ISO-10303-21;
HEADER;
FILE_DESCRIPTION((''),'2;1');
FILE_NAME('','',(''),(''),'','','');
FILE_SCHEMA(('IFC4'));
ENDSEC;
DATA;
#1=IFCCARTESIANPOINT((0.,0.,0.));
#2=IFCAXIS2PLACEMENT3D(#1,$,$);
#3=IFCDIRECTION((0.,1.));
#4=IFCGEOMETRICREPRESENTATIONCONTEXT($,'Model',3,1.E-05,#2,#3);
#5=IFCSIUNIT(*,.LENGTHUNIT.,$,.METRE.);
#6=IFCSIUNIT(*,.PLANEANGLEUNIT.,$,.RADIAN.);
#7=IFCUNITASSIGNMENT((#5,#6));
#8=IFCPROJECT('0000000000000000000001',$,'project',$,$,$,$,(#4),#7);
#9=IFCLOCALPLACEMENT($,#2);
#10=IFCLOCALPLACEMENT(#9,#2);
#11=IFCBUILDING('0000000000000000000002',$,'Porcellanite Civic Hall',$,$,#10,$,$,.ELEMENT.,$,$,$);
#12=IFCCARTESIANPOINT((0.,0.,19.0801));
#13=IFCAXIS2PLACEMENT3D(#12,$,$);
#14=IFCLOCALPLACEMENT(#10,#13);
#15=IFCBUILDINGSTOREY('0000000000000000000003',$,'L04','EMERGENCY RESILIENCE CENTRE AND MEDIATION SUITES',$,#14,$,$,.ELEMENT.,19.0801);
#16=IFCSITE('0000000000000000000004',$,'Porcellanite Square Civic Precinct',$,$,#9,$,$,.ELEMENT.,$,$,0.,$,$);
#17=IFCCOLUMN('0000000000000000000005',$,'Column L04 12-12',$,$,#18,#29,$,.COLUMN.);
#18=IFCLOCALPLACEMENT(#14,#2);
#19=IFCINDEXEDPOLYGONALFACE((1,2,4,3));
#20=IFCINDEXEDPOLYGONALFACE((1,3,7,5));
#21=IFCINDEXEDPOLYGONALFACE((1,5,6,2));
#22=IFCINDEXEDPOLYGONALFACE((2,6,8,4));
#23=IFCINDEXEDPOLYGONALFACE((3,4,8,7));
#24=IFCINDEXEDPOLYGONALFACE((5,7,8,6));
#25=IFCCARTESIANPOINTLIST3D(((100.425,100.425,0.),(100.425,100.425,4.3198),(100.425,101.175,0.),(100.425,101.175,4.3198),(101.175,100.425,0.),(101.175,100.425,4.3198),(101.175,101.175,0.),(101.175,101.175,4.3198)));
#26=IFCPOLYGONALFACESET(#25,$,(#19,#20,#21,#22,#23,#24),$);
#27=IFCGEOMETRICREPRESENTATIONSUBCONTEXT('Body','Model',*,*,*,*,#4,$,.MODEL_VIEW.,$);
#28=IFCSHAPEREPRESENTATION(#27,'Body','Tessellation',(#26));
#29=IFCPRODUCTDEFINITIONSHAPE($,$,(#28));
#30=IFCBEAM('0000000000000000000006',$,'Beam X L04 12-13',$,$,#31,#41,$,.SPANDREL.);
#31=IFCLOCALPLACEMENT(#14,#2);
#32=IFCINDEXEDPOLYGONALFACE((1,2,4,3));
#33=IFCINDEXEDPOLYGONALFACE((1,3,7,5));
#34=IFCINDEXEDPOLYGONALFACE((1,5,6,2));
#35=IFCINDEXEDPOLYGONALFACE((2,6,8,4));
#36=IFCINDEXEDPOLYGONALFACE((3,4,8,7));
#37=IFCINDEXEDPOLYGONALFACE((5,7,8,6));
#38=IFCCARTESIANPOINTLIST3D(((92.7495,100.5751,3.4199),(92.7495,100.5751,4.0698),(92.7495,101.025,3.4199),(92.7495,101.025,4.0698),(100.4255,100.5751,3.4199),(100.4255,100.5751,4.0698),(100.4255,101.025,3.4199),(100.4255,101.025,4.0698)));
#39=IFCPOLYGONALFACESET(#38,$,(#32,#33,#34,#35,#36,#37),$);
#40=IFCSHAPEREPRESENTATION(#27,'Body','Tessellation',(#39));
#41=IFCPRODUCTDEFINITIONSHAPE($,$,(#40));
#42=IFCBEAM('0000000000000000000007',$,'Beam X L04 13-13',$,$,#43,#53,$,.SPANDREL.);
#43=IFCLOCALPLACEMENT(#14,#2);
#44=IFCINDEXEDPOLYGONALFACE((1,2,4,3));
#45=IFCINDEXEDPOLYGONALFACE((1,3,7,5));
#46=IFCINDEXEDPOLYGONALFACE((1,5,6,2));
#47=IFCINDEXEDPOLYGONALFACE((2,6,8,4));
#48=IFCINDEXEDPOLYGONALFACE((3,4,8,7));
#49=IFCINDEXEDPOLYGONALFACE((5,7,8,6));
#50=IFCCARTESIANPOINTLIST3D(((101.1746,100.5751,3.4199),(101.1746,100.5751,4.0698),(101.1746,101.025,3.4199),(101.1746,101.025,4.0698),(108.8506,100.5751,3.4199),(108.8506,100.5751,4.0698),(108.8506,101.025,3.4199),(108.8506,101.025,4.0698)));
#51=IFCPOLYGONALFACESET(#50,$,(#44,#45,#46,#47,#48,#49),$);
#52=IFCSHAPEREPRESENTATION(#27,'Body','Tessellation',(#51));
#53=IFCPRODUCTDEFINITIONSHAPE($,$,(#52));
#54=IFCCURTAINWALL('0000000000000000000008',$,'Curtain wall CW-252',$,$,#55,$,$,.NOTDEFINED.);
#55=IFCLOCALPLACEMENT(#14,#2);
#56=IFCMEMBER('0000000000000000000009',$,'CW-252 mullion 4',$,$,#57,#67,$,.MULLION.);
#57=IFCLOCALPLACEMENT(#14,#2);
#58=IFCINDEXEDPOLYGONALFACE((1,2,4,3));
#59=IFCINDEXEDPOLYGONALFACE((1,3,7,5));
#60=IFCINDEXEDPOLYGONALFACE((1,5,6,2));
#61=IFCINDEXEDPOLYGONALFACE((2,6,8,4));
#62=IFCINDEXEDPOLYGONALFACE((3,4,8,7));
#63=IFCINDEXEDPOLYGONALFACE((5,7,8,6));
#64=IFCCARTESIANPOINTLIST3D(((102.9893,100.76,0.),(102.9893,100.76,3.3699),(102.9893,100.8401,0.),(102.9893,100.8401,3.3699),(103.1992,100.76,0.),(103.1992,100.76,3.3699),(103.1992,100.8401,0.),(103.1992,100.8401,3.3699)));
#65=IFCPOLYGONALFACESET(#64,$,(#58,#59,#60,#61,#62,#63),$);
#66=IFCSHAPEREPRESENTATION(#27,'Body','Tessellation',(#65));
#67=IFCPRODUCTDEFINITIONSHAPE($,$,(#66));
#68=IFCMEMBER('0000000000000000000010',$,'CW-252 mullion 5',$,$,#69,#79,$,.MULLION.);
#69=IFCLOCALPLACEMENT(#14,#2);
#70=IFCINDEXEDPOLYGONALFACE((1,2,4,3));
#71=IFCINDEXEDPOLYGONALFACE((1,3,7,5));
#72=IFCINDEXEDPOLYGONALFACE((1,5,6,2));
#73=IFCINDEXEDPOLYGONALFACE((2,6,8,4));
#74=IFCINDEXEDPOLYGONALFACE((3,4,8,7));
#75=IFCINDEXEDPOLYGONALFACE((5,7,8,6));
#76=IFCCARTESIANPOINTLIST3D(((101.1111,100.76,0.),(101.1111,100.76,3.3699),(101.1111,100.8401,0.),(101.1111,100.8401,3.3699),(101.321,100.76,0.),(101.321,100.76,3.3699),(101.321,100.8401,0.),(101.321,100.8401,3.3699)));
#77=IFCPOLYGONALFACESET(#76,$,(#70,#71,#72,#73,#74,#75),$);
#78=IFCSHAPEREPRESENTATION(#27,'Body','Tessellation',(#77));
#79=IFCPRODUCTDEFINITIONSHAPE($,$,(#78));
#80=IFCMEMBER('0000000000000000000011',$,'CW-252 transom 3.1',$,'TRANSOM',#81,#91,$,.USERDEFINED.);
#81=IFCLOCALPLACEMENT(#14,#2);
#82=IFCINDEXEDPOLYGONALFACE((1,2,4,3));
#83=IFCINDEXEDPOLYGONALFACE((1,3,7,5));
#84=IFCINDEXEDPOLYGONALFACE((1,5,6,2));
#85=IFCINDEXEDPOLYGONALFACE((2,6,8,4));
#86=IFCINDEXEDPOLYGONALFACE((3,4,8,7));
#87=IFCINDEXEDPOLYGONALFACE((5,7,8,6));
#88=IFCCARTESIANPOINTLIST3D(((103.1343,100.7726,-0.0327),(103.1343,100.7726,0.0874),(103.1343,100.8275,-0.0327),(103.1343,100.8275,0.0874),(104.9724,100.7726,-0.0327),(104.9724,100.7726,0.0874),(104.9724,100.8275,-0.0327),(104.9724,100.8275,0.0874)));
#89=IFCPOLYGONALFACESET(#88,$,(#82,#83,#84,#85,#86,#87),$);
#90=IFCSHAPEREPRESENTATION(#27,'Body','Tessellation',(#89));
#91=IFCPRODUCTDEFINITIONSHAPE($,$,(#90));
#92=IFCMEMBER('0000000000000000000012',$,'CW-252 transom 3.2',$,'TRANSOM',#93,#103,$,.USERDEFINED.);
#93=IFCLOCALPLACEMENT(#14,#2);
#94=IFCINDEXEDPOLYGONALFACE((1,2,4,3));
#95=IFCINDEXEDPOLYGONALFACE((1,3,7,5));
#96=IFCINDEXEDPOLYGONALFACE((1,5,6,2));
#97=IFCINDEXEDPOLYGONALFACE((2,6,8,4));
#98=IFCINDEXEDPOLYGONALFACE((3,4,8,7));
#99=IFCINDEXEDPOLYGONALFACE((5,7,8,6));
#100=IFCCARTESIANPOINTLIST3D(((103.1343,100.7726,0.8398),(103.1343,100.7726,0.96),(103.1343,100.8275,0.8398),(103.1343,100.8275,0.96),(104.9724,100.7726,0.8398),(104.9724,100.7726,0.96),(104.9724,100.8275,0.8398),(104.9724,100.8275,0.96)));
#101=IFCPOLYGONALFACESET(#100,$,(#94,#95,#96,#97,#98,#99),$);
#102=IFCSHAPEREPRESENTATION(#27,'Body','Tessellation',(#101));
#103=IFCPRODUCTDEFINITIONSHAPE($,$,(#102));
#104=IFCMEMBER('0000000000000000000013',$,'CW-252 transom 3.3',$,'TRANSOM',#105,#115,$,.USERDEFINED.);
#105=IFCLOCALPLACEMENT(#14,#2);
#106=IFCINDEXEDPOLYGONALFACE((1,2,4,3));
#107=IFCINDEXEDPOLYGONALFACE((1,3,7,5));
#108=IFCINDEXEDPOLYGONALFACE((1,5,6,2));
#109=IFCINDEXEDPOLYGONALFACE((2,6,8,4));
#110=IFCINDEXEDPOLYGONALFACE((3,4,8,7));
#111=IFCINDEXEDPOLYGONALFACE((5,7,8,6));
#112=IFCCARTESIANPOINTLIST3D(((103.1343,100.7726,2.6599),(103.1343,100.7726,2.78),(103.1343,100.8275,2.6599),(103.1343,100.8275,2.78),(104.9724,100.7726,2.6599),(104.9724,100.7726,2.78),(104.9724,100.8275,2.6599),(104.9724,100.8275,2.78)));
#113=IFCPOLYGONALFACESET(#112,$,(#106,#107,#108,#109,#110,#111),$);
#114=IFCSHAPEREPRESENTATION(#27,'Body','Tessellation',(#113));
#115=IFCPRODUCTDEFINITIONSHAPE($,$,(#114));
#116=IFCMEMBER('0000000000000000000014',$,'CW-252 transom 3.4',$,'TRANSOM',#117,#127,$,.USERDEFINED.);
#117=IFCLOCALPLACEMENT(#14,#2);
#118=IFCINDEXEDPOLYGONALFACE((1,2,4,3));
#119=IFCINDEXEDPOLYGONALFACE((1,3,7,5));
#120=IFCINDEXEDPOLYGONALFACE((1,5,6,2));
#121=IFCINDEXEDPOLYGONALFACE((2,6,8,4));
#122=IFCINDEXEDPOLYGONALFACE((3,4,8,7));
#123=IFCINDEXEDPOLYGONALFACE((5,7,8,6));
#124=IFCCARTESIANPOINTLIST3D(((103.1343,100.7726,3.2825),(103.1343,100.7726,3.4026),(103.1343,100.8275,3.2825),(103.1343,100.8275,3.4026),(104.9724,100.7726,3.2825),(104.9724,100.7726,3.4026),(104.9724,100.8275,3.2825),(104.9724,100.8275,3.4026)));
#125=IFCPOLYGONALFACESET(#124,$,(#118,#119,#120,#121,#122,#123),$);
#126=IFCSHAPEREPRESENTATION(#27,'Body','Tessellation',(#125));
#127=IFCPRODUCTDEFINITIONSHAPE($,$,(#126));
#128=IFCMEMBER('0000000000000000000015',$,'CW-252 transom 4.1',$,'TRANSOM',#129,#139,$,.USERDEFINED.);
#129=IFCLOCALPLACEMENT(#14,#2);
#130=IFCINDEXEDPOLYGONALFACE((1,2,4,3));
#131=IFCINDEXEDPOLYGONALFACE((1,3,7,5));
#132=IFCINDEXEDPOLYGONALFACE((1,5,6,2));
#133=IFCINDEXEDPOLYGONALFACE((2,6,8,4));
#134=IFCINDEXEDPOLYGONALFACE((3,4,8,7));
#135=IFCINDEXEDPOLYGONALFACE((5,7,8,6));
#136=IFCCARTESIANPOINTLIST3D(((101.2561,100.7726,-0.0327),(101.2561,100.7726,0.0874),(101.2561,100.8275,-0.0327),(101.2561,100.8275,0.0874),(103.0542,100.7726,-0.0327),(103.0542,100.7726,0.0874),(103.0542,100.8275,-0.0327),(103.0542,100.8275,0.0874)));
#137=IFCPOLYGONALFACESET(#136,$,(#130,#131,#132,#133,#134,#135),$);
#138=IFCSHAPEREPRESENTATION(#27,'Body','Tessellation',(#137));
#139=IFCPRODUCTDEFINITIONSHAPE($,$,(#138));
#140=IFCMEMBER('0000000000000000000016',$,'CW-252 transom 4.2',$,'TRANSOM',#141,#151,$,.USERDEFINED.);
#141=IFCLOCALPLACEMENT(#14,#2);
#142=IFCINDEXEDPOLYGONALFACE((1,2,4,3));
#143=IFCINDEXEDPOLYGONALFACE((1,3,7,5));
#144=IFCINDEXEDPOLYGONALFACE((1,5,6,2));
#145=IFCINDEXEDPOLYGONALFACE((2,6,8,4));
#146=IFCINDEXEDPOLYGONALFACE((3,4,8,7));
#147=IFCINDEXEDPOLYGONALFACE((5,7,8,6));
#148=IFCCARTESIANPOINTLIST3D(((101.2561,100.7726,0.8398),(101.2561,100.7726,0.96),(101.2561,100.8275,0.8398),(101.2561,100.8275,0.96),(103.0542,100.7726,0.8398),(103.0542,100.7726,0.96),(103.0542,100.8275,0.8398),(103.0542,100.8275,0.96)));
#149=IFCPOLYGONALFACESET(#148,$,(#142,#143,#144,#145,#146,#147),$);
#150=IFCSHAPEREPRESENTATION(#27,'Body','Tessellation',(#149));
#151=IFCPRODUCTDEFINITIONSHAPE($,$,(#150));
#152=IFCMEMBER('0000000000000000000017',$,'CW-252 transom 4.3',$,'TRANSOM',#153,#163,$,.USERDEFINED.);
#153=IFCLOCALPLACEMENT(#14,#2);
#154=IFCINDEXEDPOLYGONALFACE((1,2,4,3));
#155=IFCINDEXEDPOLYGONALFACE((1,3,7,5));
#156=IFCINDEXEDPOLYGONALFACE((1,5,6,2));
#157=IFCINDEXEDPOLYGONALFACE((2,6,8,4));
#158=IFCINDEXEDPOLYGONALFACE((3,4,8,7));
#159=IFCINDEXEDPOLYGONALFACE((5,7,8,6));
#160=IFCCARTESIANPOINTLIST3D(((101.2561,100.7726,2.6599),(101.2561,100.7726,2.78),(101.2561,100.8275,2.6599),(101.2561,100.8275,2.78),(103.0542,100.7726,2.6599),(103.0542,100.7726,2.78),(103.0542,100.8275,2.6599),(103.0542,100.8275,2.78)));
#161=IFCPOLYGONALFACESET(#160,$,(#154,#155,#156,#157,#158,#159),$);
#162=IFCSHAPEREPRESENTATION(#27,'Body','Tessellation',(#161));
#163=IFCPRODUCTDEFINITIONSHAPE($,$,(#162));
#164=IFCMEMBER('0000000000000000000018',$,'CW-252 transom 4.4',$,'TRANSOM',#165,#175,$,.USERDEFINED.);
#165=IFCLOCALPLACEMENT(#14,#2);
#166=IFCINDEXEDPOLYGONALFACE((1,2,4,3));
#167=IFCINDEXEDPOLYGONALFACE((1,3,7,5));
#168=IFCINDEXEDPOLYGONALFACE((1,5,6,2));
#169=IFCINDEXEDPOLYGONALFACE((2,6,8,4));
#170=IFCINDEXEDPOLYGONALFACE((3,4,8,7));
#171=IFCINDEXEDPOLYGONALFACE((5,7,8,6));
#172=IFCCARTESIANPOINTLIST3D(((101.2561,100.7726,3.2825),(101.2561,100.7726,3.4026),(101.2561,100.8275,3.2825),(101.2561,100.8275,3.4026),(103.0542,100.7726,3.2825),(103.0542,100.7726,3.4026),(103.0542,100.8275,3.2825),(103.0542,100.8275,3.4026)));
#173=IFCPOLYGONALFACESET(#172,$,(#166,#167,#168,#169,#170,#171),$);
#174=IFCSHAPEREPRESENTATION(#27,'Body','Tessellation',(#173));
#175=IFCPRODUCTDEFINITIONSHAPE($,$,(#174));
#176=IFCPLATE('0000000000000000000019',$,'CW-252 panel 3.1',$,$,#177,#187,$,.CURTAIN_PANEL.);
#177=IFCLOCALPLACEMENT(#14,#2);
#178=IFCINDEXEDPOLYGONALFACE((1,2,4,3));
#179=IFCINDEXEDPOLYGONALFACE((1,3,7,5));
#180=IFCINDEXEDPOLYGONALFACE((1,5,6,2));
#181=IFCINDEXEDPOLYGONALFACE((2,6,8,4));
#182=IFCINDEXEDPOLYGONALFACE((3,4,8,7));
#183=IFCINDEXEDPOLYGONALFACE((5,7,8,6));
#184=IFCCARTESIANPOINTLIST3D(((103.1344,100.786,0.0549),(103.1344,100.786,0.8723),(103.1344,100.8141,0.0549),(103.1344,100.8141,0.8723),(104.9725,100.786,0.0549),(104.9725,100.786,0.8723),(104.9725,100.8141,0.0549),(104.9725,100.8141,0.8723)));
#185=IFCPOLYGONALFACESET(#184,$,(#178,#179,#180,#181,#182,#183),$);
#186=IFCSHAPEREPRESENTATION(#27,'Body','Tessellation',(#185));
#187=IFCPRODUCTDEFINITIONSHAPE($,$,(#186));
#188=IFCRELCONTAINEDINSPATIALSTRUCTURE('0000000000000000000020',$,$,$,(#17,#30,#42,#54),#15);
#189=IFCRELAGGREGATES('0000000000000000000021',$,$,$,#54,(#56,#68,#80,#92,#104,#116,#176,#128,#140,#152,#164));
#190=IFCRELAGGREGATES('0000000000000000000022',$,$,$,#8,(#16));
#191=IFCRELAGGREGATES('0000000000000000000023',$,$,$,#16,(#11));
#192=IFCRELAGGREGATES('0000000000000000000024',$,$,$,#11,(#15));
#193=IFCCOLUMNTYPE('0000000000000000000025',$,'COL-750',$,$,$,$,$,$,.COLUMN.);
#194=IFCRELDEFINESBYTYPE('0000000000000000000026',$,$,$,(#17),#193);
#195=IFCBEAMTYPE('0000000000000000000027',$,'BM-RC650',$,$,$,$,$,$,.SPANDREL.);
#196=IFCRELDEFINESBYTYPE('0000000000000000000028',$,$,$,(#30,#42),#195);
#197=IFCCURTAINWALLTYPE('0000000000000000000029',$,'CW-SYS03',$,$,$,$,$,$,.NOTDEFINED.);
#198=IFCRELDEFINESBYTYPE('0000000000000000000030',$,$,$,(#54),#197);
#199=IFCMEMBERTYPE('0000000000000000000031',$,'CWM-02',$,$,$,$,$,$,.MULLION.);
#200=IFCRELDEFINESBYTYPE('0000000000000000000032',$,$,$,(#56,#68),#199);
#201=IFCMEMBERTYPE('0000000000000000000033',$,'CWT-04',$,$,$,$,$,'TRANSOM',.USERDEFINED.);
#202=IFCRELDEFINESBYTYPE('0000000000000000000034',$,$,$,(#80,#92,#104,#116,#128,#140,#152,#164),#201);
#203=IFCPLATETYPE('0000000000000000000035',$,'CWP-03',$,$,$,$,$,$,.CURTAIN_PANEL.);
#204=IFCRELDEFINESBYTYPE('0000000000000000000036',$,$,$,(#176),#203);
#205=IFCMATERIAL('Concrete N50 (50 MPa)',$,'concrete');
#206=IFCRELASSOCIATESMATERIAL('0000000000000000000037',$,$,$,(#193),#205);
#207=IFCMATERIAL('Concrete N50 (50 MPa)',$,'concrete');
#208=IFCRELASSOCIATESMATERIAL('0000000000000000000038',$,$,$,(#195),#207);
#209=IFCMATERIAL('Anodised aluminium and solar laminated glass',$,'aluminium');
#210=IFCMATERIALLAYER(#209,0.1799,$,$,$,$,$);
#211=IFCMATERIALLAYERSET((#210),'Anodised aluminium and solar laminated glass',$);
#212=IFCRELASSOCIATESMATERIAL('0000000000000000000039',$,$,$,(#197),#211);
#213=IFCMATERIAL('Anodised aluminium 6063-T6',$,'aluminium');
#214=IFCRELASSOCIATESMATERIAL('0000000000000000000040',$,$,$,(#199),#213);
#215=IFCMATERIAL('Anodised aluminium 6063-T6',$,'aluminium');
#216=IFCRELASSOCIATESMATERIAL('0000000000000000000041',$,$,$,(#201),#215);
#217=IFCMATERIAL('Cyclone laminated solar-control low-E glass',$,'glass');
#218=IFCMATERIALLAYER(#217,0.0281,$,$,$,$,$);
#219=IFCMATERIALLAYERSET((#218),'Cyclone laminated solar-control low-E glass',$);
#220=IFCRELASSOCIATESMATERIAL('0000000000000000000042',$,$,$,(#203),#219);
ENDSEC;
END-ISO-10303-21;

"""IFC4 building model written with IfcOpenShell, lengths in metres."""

from ifc_helpers import new_model, si_unit, direction, frame, origin, origin_2d, place, context, subcontext, project, spatial, rectangle, extrude, material, layer, layer_set, material_profile, profile_set, type_object, element, aggregate, save


model = new_model("IFC4")

# Units and contexts
model_context = context("Model", 3, precision=1e-05, world=origin(), true_north=direction((0.0, 1.0)))
body_context = subcontext(model_context, "Body", "Model", "MODEL_VIEW")
ifc_project = project(units=[si_unit("LENGTHUNIT", "METRE"), si_unit("PLANEANGLEUNIT", "RADIAN")], contexts=[model_context])

# Site, building, storey
site_placement = place(None, origin())
site = spatial("IfcSite", under=ifc_project, at=site_placement, Name="Porcellanite Square Civic Precinct", CompositionType="ELEMENT", RefElevation=0.0)
building_placement = place(site_placement, origin())
building = spatial("IfcBuilding", under=site, at=building_placement, Name="Porcellanite Civic Hall", CompositionType="ELEMENT")
storey_placement = place(building_placement, frame((0.0, 0.0, 19.0801)))
storey = spatial("IfcBuildingStorey", under=building, at=storey_placement, Name="L04", Description="EMERGENCY RESILIENCE CENTRE AND MEDIATION SUITES", CompositionType="ELEMENT", Elevation=19.0801)

# Column
ifc_material_1 = material(Name="Concrete N50 (50 MPa)", Category="concrete")
ifc_material_profile_1 = material_profile(ifc_material_1, rectangle(XDim=0.75, YDim=0.75, at=origin_2d()), Name="RC-750x750")
ifc_profile_set_1 = profile_set([ifc_material_profile_1], Name="Concrete N50 (50 MPa)")
column_type = type_object("IfcColumnType", Name="COL-750", PredefinedType="COLUMN", material=ifc_profile_set_1)
column_placement = place(storey_placement, frame((100.8, 100.8, 0.0), z_axis=(0.0, 0.0, 1.0), x_axis=(1.0, 0.0, 0.0)))
element("IfcColumn", 1, at=column_placement, inside=storey, type_object=column_type, Name="Column L04 12-12", PredefinedType="COLUMN", context=body_context, shape_type="SweptSolid", body=[
    extrude(rectangle(XDim=0.75, YDim=0.75, at=origin_2d()), origin(), (0.0, 0.0, 1.0), 4.3198),
])

# Beams
ifc_material_2 = material(Name="Concrete N50 (50 MPa)", Category="concrete")
ifc_material_profile_2 = material_profile(ifc_material_2, rectangle(XDim=0.45, YDim=0.6499, at=origin_2d()), Name="RC-450x650")
ifc_profile_set_2 = profile_set([ifc_material_profile_2], Name="Concrete N50 (50 MPa)")
beam_type = type_object("IfcBeamType", Name="BM-RC650", PredefinedType="SPANDREL", material=ifc_profile_set_2)
for number, where, z_axis, x_axis, name in (
    (2, (92.7495, 100.8, 3.7449), (1.0, 0.0, 0.0), (0.0, 1.0, 0.0), "Beam X L04 12-13"),
    (3, (101.1746, 100.8, 3.7449), (1.0, 0.0, 0.0), (0.0, 1.0, 0.0), "Beam X L04 13-13"),
):
    element("IfcBeam", number, at=place(storey_placement, frame(where, z_axis=z_axis, x_axis=x_axis)), inside=storey, type_object=beam_type, Name=name, PredefinedType="SPANDREL", context=body_context, shape_type="SweptSolid", body=[
        extrude(rectangle(XDim=0.45, YDim=0.6499, at=origin_2d()), origin(), (0.0, 0.0, 1.0), 7.676),
    ])

# Curtain wall, members, plate
ifc_material_3 = material(Name="Anodised aluminium and solar laminated glass", Category="aluminium")
ifc_layer_1 = layer(ifc_material_3, 0.1799)
ifc_layer_set_1 = layer_set([ifc_layer_1], Name="Anodised aluminium and solar laminated glass")
curtain_wall_type = type_object("IfcCurtainWallType", Name="CW-SYS03", PredefinedType="NOTDEFINED", material=ifc_layer_set_1)
curtain_wall_placement = place(storey_placement, origin())
curtain_wall = element("IfcCurtainWall", 4, at=curtain_wall_placement, inside=storey, type_object=curtain_wall_type, Name="Curtain wall CW-252", PredefinedType="NOTDEFINED")
ifc_material_4 = material(Name="Anodised aluminium 6063-T6", Category="aluminium")
ifc_material_profile_3 = material_profile(ifc_material_4, rectangle(XDim=0.0801, YDim=0.21, at=origin_2d()), Name="AL-80x210")
ifc_profile_set_3 = profile_set([ifc_material_profile_3], Name="Anodised aluminium 6063-T6")
member_type_1 = type_object("IfcMemberType", Name="CWM-02", PredefinedType="MULLION", material=ifc_profile_set_3)
member_1_placement = place(storey_placement, frame((103.0942, 100.8, 0.0), z_axis=(0.0, 0.0, 1.0), x_axis=(0.0, -1.0, 0.0)))
member_1 = element("IfcMember", 5, at=member_1_placement, type_object=member_type_1, Name="CW-252 mullion 4", PredefinedType="MULLION", context=body_context, shape_type="SweptSolid", body=[
    extrude(rectangle(XDim=0.0801, YDim=0.21, at=origin_2d()), origin(), (0.0, 0.0, 1.0), 3.3699),
])
member_2_placement = place(storey_placement, frame((101.2161, 100.8, 0.0), z_axis=(0.0, 0.0, 1.0), x_axis=(0.0, -1.0, 0.0)))
member_2 = element("IfcMember", 6, at=member_2_placement, type_object=member_type_1, Name="CW-252 mullion 5", PredefinedType="MULLION", context=body_context, shape_type="SweptSolid", body=[
    extrude(rectangle(XDim=0.0801, YDim=0.21, at=origin_2d()), origin(), (0.0, 0.0, 1.0), 3.3699),
])
ifc_material_5 = material(Name="Anodised aluminium 6063-T6", Category="aluminium")
ifc_material_profile_4 = material_profile(ifc_material_5, rectangle(XDim=0.0549, YDim=0.1201, at=origin_2d()), Name="AL-55x120")
ifc_profile_set_4 = profile_set([ifc_material_profile_4], Name="Anodised aluminium 6063-T6")
member_type_2 = type_object("IfcMemberType", Name="CWT-04", ElementType="TRANSOM", PredefinedType="USERDEFINED", material=ifc_profile_set_4)
member_3_placement = place(storey_placement, frame((104.9724, 100.8, 0.0273), z_axis=(-1.0, 0.0, 0.0), x_axis=(0.0, -1.0, 0.0)))
member_3 = element("IfcMember", 7, at=member_3_placement, type_object=member_type_2, Name="CW-252 transom 3.1", ObjectType="TRANSOM", PredefinedType="USERDEFINED", context=body_context, shape_type="SweptSolid", body=[
    extrude(rectangle(XDim=0.0549, YDim=0.1201, at=origin_2d()), origin(), (0.0, 0.0, 1.0), 1.8381),
])
member_4_placement = place(storey_placement, frame((104.9724, 100.8, 0.8999), z_axis=(-1.0, 0.0, 0.0), x_axis=(0.0, -1.0, 0.0)))
member_4 = element("IfcMember", 8, at=member_4_placement, type_object=member_type_2, Name="CW-252 transom 3.2", ObjectType="TRANSOM", PredefinedType="USERDEFINED", context=body_context, shape_type="SweptSolid", body=[
    extrude(rectangle(XDim=0.0549, YDim=0.1201, at=origin_2d()), origin(), (0.0, 0.0, 1.0), 1.8381),
])
member_5_placement = place(storey_placement, frame((104.9724, 100.8, 2.72), z_axis=(-1.0, 0.0, 0.0), x_axis=(0.0, -1.0, 0.0)))
member_5 = element("IfcMember", 9, at=member_5_placement, type_object=member_type_2, Name="CW-252 transom 3.3", ObjectType="TRANSOM", PredefinedType="USERDEFINED", context=body_context, shape_type="SweptSolid", body=[
    extrude(rectangle(XDim=0.0549, YDim=0.1201, at=origin_2d()), origin(), (0.0, 0.0, 1.0), 1.8381),
])
member_6_placement = place(storey_placement, frame((104.9724, 100.8, 3.3425), z_axis=(-1.0, 0.0, 0.0), x_axis=(0.0, -1.0, 0.0)))
member_6 = element("IfcMember", 10, at=member_6_placement, type_object=member_type_2, Name="CW-252 transom 3.4", ObjectType="TRANSOM", PredefinedType="USERDEFINED", context=body_context, shape_type="SweptSolid", body=[
    extrude(rectangle(XDim=0.0549, YDim=0.1201, at=origin_2d()), origin(), (0.0, 0.0, 1.0), 1.8381),
])
member_7_placement = place(storey_placement, frame((103.0542, 100.8, 0.0273), z_axis=(-1.0, 0.0, 0.0), x_axis=(0.0, -1.0, 0.0)))
member_7 = element("IfcMember", 11, at=member_7_placement, type_object=member_type_2, Name="CW-252 transom 4.1", ObjectType="TRANSOM", PredefinedType="USERDEFINED", context=body_context, shape_type="SweptSolid", body=[
    extrude(rectangle(XDim=0.0549, YDim=0.1201, at=origin_2d()), origin(), (0.0, 0.0, 1.0), 1.7981),
])
member_8_placement = place(storey_placement, frame((103.0542, 100.8, 0.8999), z_axis=(-1.0, 0.0, 0.0), x_axis=(0.0, -1.0, 0.0)))
member_8 = element("IfcMember", 12, at=member_8_placement, type_object=member_type_2, Name="CW-252 transom 4.2", ObjectType="TRANSOM", PredefinedType="USERDEFINED", context=body_context, shape_type="SweptSolid", body=[
    extrude(rectangle(XDim=0.0549, YDim=0.1201, at=origin_2d()), origin(), (0.0, 0.0, 1.0), 1.7981),
])
member_9_placement = place(storey_placement, frame((103.0542, 100.8, 2.72), z_axis=(-1.0, 0.0, 0.0), x_axis=(0.0, -1.0, 0.0)))
member_9 = element("IfcMember", 13, at=member_9_placement, type_object=member_type_2, Name="CW-252 transom 4.3", ObjectType="TRANSOM", PredefinedType="USERDEFINED", context=body_context, shape_type="SweptSolid", body=[
    extrude(rectangle(XDim=0.0549, YDim=0.1201, at=origin_2d()), origin(), (0.0, 0.0, 1.0), 1.7981),
])
member_10_placement = place(storey_placement, frame((103.0542, 100.8, 3.3425), z_axis=(-1.0, 0.0, 0.0), x_axis=(0.0, -1.0, 0.0)))
member_10 = element("IfcMember", 14, at=member_10_placement, type_object=member_type_2, Name="CW-252 transom 4.4", ObjectType="TRANSOM", PredefinedType="USERDEFINED", context=body_context, shape_type="SweptSolid", body=[
    extrude(rectangle(XDim=0.0549, YDim=0.1201, at=origin_2d()), origin(), (0.0, 0.0, 1.0), 1.7981),
])
ifc_material_6 = material(Name="Cyclone laminated solar-control low-E glass", Category="glass")
ifc_layer_2 = layer(ifc_material_6, 0.0281)
ifc_layer_set_2 = layer_set([ifc_layer_2], Name="Cyclone laminated solar-control low-E glass")
plate_type = type_object("IfcPlateType", Name="CWP-03", PredefinedType="CURTAIN_PANEL", material=ifc_layer_set_2)
plate_1_placement = place(storey_placement, frame((104.0535, 100.8, 0.0549), z_axis=(0.0, 0.0, 1.0), x_axis=(-1.0, 0.0, 0.0)))
plate_1 = element("IfcPlate", 15, at=plate_1_placement, type_object=plate_type, Name="CW-252 panel 3.1", PredefinedType="CURTAIN_PANEL", context=body_context, shape_type="SweptSolid", body=[
    extrude(rectangle(XDim=1.8381, YDim=0.0281, at=origin_2d()), origin(), (0.0, 0.0, 1.0), 0.8174),
])
aggregate(curtain_wall, [member_1, member_2, member_3, member_4, member_5, member_6, plate_1, member_7, member_8, member_9, member_10])

save(model, "model.ifc")
